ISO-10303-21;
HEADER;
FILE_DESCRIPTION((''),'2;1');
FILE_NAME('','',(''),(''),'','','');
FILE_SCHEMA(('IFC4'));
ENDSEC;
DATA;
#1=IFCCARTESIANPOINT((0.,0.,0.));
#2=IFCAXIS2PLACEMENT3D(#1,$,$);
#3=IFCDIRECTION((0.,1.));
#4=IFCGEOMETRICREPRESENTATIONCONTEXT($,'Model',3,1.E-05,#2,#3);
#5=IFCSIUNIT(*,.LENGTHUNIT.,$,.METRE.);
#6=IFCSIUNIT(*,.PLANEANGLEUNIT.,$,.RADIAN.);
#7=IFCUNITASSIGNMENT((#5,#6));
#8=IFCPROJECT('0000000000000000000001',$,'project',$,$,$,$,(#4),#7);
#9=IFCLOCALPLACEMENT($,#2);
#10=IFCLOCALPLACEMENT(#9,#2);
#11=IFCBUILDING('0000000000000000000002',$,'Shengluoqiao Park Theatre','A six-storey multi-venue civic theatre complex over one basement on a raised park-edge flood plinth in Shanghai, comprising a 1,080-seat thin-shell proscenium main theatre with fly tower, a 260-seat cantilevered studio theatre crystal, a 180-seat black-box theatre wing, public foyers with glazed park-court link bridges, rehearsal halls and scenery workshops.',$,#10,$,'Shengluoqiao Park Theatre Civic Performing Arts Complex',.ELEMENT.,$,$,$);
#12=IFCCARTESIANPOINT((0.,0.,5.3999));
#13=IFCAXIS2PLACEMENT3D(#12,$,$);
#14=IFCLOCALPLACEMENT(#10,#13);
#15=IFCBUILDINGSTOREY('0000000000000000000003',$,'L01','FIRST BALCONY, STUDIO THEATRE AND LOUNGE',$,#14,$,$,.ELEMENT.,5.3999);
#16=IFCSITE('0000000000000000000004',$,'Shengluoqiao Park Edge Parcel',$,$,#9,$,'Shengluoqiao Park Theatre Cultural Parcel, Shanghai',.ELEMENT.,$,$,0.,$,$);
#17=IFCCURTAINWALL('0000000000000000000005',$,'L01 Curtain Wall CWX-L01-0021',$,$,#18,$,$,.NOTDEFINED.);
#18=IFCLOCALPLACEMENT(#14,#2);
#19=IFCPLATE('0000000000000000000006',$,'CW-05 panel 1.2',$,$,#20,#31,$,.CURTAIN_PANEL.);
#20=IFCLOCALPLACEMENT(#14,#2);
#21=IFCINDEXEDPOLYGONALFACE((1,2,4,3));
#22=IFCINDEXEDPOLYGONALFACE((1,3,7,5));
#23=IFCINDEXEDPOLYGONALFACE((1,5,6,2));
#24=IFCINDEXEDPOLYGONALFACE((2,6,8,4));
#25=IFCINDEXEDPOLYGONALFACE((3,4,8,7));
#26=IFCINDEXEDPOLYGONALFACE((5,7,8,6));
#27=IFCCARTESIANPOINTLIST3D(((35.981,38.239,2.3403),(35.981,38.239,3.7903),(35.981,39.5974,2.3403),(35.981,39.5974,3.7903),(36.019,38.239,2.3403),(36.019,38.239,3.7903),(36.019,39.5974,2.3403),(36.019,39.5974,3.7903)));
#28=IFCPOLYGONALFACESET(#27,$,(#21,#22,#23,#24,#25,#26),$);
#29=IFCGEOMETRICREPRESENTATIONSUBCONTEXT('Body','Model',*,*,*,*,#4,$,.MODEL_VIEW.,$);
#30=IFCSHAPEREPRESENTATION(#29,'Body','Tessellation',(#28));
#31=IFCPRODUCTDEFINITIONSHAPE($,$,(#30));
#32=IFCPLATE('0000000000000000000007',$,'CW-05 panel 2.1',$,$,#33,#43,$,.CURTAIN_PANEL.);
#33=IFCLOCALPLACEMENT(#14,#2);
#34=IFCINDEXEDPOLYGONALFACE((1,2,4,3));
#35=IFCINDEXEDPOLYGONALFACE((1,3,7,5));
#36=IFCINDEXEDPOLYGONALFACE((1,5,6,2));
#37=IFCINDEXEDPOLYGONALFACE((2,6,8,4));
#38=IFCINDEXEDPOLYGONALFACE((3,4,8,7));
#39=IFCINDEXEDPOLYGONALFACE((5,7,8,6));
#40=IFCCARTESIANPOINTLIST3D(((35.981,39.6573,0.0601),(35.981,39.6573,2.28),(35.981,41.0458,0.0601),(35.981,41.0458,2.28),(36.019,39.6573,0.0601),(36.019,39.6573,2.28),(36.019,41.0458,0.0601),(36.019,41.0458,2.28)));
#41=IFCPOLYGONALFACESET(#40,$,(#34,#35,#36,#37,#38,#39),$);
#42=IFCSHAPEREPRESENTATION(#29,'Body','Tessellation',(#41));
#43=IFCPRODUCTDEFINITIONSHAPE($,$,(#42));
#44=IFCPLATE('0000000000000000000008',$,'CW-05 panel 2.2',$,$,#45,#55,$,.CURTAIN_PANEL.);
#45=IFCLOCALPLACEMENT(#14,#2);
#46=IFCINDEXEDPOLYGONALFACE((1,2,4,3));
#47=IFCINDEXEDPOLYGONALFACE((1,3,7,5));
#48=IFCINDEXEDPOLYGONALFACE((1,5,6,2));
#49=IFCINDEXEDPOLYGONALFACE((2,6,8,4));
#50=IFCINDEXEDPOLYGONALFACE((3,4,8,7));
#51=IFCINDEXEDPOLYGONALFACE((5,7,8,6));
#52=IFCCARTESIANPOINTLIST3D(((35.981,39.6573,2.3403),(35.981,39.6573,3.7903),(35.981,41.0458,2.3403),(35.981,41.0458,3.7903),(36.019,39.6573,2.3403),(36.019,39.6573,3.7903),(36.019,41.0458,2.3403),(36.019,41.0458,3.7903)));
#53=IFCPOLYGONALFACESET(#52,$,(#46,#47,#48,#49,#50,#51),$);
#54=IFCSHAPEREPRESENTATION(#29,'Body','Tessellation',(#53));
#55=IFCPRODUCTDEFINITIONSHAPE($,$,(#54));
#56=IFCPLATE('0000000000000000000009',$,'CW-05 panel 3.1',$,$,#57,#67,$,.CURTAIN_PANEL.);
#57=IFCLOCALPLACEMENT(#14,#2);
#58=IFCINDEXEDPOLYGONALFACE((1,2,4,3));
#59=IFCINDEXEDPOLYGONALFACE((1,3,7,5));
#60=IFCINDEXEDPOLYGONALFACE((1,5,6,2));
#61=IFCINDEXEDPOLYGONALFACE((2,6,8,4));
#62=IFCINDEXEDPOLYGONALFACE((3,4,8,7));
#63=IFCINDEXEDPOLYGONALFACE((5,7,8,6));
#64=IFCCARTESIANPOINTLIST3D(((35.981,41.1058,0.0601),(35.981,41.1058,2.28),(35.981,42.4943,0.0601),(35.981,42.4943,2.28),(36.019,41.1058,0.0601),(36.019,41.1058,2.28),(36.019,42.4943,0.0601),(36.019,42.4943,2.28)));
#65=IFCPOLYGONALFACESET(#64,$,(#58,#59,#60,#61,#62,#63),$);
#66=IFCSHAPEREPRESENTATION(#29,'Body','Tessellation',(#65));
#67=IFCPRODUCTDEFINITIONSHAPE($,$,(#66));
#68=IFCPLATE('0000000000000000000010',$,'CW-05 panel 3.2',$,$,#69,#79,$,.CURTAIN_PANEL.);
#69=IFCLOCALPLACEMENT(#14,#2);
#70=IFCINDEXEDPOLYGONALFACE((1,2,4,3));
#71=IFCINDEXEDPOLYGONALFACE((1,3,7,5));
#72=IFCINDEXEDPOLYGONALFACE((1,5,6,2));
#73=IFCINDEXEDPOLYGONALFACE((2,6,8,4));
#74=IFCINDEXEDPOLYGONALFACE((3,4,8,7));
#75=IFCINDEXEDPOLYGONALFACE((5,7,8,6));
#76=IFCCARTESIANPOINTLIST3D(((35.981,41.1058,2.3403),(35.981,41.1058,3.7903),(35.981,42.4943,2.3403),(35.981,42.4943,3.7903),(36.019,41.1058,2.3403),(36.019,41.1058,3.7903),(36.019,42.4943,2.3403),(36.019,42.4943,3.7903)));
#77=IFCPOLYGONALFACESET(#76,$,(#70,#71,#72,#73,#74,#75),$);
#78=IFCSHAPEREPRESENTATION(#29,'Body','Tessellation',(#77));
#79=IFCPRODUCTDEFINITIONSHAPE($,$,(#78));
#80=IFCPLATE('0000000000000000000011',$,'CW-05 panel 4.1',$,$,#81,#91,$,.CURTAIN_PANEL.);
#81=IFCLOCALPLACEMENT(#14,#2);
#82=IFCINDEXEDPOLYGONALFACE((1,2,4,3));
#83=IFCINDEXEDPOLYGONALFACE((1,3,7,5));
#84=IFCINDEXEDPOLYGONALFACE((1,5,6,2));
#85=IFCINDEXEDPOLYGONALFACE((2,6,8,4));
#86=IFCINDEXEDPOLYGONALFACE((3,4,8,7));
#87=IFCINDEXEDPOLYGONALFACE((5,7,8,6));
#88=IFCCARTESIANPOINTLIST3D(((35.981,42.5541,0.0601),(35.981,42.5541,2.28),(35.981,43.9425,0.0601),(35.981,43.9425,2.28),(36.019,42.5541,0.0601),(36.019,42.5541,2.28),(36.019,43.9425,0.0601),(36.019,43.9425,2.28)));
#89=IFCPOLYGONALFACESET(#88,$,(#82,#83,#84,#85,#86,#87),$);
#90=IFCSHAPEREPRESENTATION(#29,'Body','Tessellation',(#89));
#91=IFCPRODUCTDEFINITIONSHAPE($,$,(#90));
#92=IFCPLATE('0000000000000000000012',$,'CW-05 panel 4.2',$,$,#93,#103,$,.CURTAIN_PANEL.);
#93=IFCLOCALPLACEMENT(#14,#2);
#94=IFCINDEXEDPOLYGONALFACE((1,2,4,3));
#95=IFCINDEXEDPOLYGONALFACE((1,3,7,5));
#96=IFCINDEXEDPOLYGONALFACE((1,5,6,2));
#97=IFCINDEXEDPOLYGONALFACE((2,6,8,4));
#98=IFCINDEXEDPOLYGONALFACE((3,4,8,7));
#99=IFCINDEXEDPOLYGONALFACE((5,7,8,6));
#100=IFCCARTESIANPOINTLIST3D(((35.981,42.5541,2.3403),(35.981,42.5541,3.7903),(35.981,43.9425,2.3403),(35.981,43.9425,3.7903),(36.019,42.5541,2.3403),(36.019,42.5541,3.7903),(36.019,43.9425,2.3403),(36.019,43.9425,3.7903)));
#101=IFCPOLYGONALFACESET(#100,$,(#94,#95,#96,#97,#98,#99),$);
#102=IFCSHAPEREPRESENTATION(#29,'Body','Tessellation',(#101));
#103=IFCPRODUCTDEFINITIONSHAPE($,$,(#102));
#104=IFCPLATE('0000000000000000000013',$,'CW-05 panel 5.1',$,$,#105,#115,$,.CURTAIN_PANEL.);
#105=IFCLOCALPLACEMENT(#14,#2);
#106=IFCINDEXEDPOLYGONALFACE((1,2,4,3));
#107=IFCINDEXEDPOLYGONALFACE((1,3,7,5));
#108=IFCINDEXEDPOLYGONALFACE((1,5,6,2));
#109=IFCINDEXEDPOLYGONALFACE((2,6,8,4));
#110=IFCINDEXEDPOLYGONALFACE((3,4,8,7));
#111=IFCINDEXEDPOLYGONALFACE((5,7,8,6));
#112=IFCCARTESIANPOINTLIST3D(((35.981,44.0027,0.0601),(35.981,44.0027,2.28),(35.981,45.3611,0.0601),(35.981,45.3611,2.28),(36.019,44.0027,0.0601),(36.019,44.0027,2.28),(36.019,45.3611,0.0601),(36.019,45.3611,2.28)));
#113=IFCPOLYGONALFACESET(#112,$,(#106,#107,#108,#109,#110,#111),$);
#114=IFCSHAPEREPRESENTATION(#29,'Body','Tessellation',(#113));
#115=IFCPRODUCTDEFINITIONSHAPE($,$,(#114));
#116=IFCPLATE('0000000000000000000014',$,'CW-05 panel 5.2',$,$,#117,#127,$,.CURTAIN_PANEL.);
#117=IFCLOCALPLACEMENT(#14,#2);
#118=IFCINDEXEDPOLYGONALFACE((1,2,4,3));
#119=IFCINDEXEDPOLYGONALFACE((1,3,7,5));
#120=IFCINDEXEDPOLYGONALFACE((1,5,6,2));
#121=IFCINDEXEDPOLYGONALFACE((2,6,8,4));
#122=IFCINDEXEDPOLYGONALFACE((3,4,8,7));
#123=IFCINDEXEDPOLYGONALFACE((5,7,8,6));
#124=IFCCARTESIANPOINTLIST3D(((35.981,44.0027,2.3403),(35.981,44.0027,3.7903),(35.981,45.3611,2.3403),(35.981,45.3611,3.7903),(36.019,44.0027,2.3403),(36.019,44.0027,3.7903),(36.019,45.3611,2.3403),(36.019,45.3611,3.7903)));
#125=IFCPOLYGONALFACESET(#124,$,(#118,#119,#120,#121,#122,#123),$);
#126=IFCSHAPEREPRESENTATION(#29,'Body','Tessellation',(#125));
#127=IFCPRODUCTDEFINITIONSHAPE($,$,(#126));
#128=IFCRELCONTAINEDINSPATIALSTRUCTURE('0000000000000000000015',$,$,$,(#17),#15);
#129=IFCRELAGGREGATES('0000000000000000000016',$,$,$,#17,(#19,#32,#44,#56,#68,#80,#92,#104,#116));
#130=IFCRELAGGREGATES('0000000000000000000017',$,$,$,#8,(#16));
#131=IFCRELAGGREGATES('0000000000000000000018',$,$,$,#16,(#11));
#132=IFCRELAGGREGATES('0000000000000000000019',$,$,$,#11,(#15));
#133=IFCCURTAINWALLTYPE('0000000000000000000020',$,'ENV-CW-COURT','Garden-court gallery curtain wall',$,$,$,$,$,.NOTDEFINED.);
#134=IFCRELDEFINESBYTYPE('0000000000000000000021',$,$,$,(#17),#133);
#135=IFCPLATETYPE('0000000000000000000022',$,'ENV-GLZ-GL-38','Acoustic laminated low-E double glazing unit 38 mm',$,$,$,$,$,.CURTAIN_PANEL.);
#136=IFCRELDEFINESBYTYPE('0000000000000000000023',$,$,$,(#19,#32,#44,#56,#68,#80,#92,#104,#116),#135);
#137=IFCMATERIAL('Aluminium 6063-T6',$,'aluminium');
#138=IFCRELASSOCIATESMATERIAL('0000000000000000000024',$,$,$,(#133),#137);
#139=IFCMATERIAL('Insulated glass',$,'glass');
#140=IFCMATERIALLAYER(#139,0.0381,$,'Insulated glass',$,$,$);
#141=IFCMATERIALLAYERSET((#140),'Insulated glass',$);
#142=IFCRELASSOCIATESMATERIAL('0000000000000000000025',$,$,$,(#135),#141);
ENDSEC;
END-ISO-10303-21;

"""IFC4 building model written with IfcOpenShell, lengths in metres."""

from ifc_helpers import new_model, si_unit, direction, frame, origin, origin_2d, place, context, subcontext, project, spatial, rectangle, extrude, material, layer, layer_set, type_object, element, aggregate, save


model = new_model("IFC4")

# Units and contexts
model_context = context("Model", 3, precision=1e-05, world=origin(), true_north=direction((0.0, 1.0)))
body_context = subcontext(model_context, "Body", "Model", "MODEL_VIEW")
ifc_project = project(units=[si_unit("LENGTHUNIT", "METRE"), si_unit("PLANEANGLEUNIT", "RADIAN")], contexts=[model_context])

# Site, building, storey
site_placement = place(None, origin())
site = spatial("IfcSite", under=ifc_project, at=site_placement, Name="Shengluoqiao Park Edge Parcel", LongName="Shengluoqiao Park Theatre Cultural Parcel, Shanghai", CompositionType="ELEMENT", RefElevation=0.0)
building_placement = place(site_placement, origin())
building = spatial("IfcBuilding", under=site, at=building_placement, Name="Shengluoqiao Park Theatre", Description="A six-storey multi-venue civic theatre complex over one basement on a raised park-edge flood plinth in Shanghai, comprising a 1,080-seat thin-shell proscenium main theatre with fly tower, a 260-seat cantilevered studio theatre crystal, a 180-seat black-box theatre wing, public foyers with glazed park-court link bridges, rehearsal halls and scenery workshops.", LongName="Shengluoqiao Park Theatre Civic Performing Arts Complex", CompositionType="ELEMENT")
storey_placement = place(building_placement, frame((0.0, 0.0, 5.3999)))
storey = spatial("IfcBuildingStorey", under=building, at=storey_placement, Name="L01", Description="FIRST BALCONY, STUDIO THEATRE AND LOUNGE", CompositionType="ELEMENT", Elevation=5.3999)

# Curtain wall
ifc_material_1 = material(Name="Aluminium 6063-T6", Category="aluminium")
curtain_wall_type = type_object("IfcCurtainWallType", Name="ENV-CW-COURT", Description="Garden-court gallery curtain wall", PredefinedType="NOTDEFINED", material=ifc_material_1)
curtain_wall_1_placement = place(storey_placement, origin())
curtain_wall_1 = element("IfcCurtainWall", 1, at=curtain_wall_1_placement, inside=storey, type_object=curtain_wall_type, Name="L01 Curtain Wall CWX-L01-0021", PredefinedType="NOTDEFINED")

# Plates
ifc_material_2 = material(Name="Insulated glass", Category="glass")
ifc_layer = layer(ifc_material_2, 0.0381, Name="Insulated glass")
ifc_layer_set = layer_set([ifc_layer], Name="Insulated glass")
plate_type = type_object("IfcPlateType", Name="ENV-GLZ-GL-38", Description="Acoustic laminated low-E double glazing unit 38 mm", PredefinedType="CURTAIN_PANEL", material=ifc_layer_set)
plate_1_placement = place(storey_placement, frame((36.0, 38.9182, 2.3403), z_axis=(0.0, 0.0, 1.0), x_axis=(0.0, 1.0, 0.0)))
plate_1 = element("IfcPlate", 2, at=plate_1_placement, type_object=plate_type, Name="CW-05 panel 1.2", PredefinedType="CURTAIN_PANEL", context=body_context, shape_type="SweptSolid", body=[
    extrude(rectangle(XDim=1.3584, YDim=0.0381, at=origin_2d()), origin(), (0.0, 0.0, 1.0), 1.45),
])
plate_2_placement = place(storey_placement, frame((36.0, 40.3516, 0.0601), z_axis=(0.0, 0.0, 1.0), x_axis=(0.0, 1.0, 0.0)))
plate_2 = element("IfcPlate", 3, at=plate_2_placement, type_object=plate_type, Name="CW-05 panel 2.1", PredefinedType="CURTAIN_PANEL", context=body_context, shape_type="SweptSolid", body=[
    extrude(rectangle(XDim=1.3884, YDim=0.0381, at=origin_2d()), origin(), (0.0, 0.0, 1.0), 2.22),
])
plate_3_placement = place(storey_placement, frame((36.0, 40.3516, 2.3403), z_axis=(0.0, 0.0, 1.0), x_axis=(0.0, 1.0, 0.0)))
plate_3 = element("IfcPlate", 4, at=plate_3_placement, type_object=plate_type, Name="CW-05 panel 2.2", PredefinedType="CURTAIN_PANEL", context=body_context, shape_type="SweptSolid", body=[
    extrude(rectangle(XDim=1.3884, YDim=0.0381, at=origin_2d()), origin(), (0.0, 0.0, 1.0), 1.45),
])
plate_4_placement = place(storey_placement, frame((36.0, 41.8, 0.0601), z_axis=(0.0, 0.0, 1.0), x_axis=(0.0, 1.0, 0.0)))
plate_4 = element("IfcPlate", 5, at=plate_4_placement, type_object=plate_type, Name="CW-05 panel 3.1", PredefinedType="CURTAIN_PANEL", context=body_context, shape_type="SweptSolid", body=[
    extrude(rectangle(XDim=1.3884, YDim=0.0381, at=origin_2d()), origin(), (0.0, 0.0, 1.0), 2.22),
])
plate_5_placement = place(storey_placement, frame((36.0, 41.8, 2.3403), z_axis=(0.0, 0.0, 1.0), x_axis=(0.0, 1.0, 0.0)))
plate_5 = element("IfcPlate", 6, at=plate_5_placement, type_object=plate_type, Name="CW-05 panel 3.2", PredefinedType="CURTAIN_PANEL", context=body_context, shape_type="SweptSolid", body=[
    extrude(rectangle(XDim=1.3884, YDim=0.0381, at=origin_2d()), origin(), (0.0, 0.0, 1.0), 1.45),
])
plate_6_placement = place(storey_placement, frame((36.0, 43.2483, 0.0601), z_axis=(0.0, 0.0, 1.0), x_axis=(0.0, 1.0, 0.0)))
plate_6 = element("IfcPlate", 7, at=plate_6_placement, type_object=plate_type, Name="CW-05 panel 4.1", PredefinedType="CURTAIN_PANEL", context=body_context, shape_type="SweptSolid", body=[
    extrude(rectangle(XDim=1.3884, YDim=0.0381, at=origin_2d()), origin(), (0.0, 0.0, 1.0), 2.22),
])
plate_7_placement = place(storey_placement, frame((36.0, 43.2483, 2.3403), z_axis=(0.0, 0.0, 1.0), x_axis=(0.0, 1.0, 0.0)))
plate_7 = element("IfcPlate", 8, at=plate_7_placement, type_object=plate_type, Name="CW-05 panel 4.2", PredefinedType="CURTAIN_PANEL", context=body_context, shape_type="SweptSolid", body=[
    extrude(rectangle(XDim=1.3884, YDim=0.0381, at=origin_2d()), origin(), (0.0, 0.0, 1.0), 1.45),
])
plate_8_placement = place(storey_placement, frame((36.0, 44.6819, 0.0601), z_axis=(0.0, 0.0, 1.0), x_axis=(0.0, 1.0, 0.0)))
plate_8 = element("IfcPlate", 9, at=plate_8_placement, type_object=plate_type, Name="CW-05 panel 5.1", PredefinedType="CURTAIN_PANEL", context=body_context, shape_type="SweptSolid", body=[
    extrude(rectangle(XDim=1.3584, YDim=0.0381, at=origin_2d()), origin(), (0.0, 0.0, 1.0), 2.22),
])
plate_9_placement = place(storey_placement, frame((36.0, 44.6819, 2.3403), z_axis=(0.0, 0.0, 1.0), x_axis=(0.0, 1.0, 0.0)))
plate_9 = element("IfcPlate", 10, at=plate_9_placement, type_object=plate_type, Name="CW-05 panel 5.2", PredefinedType="CURTAIN_PANEL", context=body_context, shape_type="SweptSolid", body=[
    extrude(rectangle(XDim=1.3584, YDim=0.0381, at=origin_2d()), origin(), (0.0, 0.0, 1.0), 1.45),
])
aggregate(curtain_wall_1, [plate_1, plate_2, plate_3, plate_4, plate_5, plate_6, plate_7, plate_8, plate_9])

save(model, "model.ifc")
